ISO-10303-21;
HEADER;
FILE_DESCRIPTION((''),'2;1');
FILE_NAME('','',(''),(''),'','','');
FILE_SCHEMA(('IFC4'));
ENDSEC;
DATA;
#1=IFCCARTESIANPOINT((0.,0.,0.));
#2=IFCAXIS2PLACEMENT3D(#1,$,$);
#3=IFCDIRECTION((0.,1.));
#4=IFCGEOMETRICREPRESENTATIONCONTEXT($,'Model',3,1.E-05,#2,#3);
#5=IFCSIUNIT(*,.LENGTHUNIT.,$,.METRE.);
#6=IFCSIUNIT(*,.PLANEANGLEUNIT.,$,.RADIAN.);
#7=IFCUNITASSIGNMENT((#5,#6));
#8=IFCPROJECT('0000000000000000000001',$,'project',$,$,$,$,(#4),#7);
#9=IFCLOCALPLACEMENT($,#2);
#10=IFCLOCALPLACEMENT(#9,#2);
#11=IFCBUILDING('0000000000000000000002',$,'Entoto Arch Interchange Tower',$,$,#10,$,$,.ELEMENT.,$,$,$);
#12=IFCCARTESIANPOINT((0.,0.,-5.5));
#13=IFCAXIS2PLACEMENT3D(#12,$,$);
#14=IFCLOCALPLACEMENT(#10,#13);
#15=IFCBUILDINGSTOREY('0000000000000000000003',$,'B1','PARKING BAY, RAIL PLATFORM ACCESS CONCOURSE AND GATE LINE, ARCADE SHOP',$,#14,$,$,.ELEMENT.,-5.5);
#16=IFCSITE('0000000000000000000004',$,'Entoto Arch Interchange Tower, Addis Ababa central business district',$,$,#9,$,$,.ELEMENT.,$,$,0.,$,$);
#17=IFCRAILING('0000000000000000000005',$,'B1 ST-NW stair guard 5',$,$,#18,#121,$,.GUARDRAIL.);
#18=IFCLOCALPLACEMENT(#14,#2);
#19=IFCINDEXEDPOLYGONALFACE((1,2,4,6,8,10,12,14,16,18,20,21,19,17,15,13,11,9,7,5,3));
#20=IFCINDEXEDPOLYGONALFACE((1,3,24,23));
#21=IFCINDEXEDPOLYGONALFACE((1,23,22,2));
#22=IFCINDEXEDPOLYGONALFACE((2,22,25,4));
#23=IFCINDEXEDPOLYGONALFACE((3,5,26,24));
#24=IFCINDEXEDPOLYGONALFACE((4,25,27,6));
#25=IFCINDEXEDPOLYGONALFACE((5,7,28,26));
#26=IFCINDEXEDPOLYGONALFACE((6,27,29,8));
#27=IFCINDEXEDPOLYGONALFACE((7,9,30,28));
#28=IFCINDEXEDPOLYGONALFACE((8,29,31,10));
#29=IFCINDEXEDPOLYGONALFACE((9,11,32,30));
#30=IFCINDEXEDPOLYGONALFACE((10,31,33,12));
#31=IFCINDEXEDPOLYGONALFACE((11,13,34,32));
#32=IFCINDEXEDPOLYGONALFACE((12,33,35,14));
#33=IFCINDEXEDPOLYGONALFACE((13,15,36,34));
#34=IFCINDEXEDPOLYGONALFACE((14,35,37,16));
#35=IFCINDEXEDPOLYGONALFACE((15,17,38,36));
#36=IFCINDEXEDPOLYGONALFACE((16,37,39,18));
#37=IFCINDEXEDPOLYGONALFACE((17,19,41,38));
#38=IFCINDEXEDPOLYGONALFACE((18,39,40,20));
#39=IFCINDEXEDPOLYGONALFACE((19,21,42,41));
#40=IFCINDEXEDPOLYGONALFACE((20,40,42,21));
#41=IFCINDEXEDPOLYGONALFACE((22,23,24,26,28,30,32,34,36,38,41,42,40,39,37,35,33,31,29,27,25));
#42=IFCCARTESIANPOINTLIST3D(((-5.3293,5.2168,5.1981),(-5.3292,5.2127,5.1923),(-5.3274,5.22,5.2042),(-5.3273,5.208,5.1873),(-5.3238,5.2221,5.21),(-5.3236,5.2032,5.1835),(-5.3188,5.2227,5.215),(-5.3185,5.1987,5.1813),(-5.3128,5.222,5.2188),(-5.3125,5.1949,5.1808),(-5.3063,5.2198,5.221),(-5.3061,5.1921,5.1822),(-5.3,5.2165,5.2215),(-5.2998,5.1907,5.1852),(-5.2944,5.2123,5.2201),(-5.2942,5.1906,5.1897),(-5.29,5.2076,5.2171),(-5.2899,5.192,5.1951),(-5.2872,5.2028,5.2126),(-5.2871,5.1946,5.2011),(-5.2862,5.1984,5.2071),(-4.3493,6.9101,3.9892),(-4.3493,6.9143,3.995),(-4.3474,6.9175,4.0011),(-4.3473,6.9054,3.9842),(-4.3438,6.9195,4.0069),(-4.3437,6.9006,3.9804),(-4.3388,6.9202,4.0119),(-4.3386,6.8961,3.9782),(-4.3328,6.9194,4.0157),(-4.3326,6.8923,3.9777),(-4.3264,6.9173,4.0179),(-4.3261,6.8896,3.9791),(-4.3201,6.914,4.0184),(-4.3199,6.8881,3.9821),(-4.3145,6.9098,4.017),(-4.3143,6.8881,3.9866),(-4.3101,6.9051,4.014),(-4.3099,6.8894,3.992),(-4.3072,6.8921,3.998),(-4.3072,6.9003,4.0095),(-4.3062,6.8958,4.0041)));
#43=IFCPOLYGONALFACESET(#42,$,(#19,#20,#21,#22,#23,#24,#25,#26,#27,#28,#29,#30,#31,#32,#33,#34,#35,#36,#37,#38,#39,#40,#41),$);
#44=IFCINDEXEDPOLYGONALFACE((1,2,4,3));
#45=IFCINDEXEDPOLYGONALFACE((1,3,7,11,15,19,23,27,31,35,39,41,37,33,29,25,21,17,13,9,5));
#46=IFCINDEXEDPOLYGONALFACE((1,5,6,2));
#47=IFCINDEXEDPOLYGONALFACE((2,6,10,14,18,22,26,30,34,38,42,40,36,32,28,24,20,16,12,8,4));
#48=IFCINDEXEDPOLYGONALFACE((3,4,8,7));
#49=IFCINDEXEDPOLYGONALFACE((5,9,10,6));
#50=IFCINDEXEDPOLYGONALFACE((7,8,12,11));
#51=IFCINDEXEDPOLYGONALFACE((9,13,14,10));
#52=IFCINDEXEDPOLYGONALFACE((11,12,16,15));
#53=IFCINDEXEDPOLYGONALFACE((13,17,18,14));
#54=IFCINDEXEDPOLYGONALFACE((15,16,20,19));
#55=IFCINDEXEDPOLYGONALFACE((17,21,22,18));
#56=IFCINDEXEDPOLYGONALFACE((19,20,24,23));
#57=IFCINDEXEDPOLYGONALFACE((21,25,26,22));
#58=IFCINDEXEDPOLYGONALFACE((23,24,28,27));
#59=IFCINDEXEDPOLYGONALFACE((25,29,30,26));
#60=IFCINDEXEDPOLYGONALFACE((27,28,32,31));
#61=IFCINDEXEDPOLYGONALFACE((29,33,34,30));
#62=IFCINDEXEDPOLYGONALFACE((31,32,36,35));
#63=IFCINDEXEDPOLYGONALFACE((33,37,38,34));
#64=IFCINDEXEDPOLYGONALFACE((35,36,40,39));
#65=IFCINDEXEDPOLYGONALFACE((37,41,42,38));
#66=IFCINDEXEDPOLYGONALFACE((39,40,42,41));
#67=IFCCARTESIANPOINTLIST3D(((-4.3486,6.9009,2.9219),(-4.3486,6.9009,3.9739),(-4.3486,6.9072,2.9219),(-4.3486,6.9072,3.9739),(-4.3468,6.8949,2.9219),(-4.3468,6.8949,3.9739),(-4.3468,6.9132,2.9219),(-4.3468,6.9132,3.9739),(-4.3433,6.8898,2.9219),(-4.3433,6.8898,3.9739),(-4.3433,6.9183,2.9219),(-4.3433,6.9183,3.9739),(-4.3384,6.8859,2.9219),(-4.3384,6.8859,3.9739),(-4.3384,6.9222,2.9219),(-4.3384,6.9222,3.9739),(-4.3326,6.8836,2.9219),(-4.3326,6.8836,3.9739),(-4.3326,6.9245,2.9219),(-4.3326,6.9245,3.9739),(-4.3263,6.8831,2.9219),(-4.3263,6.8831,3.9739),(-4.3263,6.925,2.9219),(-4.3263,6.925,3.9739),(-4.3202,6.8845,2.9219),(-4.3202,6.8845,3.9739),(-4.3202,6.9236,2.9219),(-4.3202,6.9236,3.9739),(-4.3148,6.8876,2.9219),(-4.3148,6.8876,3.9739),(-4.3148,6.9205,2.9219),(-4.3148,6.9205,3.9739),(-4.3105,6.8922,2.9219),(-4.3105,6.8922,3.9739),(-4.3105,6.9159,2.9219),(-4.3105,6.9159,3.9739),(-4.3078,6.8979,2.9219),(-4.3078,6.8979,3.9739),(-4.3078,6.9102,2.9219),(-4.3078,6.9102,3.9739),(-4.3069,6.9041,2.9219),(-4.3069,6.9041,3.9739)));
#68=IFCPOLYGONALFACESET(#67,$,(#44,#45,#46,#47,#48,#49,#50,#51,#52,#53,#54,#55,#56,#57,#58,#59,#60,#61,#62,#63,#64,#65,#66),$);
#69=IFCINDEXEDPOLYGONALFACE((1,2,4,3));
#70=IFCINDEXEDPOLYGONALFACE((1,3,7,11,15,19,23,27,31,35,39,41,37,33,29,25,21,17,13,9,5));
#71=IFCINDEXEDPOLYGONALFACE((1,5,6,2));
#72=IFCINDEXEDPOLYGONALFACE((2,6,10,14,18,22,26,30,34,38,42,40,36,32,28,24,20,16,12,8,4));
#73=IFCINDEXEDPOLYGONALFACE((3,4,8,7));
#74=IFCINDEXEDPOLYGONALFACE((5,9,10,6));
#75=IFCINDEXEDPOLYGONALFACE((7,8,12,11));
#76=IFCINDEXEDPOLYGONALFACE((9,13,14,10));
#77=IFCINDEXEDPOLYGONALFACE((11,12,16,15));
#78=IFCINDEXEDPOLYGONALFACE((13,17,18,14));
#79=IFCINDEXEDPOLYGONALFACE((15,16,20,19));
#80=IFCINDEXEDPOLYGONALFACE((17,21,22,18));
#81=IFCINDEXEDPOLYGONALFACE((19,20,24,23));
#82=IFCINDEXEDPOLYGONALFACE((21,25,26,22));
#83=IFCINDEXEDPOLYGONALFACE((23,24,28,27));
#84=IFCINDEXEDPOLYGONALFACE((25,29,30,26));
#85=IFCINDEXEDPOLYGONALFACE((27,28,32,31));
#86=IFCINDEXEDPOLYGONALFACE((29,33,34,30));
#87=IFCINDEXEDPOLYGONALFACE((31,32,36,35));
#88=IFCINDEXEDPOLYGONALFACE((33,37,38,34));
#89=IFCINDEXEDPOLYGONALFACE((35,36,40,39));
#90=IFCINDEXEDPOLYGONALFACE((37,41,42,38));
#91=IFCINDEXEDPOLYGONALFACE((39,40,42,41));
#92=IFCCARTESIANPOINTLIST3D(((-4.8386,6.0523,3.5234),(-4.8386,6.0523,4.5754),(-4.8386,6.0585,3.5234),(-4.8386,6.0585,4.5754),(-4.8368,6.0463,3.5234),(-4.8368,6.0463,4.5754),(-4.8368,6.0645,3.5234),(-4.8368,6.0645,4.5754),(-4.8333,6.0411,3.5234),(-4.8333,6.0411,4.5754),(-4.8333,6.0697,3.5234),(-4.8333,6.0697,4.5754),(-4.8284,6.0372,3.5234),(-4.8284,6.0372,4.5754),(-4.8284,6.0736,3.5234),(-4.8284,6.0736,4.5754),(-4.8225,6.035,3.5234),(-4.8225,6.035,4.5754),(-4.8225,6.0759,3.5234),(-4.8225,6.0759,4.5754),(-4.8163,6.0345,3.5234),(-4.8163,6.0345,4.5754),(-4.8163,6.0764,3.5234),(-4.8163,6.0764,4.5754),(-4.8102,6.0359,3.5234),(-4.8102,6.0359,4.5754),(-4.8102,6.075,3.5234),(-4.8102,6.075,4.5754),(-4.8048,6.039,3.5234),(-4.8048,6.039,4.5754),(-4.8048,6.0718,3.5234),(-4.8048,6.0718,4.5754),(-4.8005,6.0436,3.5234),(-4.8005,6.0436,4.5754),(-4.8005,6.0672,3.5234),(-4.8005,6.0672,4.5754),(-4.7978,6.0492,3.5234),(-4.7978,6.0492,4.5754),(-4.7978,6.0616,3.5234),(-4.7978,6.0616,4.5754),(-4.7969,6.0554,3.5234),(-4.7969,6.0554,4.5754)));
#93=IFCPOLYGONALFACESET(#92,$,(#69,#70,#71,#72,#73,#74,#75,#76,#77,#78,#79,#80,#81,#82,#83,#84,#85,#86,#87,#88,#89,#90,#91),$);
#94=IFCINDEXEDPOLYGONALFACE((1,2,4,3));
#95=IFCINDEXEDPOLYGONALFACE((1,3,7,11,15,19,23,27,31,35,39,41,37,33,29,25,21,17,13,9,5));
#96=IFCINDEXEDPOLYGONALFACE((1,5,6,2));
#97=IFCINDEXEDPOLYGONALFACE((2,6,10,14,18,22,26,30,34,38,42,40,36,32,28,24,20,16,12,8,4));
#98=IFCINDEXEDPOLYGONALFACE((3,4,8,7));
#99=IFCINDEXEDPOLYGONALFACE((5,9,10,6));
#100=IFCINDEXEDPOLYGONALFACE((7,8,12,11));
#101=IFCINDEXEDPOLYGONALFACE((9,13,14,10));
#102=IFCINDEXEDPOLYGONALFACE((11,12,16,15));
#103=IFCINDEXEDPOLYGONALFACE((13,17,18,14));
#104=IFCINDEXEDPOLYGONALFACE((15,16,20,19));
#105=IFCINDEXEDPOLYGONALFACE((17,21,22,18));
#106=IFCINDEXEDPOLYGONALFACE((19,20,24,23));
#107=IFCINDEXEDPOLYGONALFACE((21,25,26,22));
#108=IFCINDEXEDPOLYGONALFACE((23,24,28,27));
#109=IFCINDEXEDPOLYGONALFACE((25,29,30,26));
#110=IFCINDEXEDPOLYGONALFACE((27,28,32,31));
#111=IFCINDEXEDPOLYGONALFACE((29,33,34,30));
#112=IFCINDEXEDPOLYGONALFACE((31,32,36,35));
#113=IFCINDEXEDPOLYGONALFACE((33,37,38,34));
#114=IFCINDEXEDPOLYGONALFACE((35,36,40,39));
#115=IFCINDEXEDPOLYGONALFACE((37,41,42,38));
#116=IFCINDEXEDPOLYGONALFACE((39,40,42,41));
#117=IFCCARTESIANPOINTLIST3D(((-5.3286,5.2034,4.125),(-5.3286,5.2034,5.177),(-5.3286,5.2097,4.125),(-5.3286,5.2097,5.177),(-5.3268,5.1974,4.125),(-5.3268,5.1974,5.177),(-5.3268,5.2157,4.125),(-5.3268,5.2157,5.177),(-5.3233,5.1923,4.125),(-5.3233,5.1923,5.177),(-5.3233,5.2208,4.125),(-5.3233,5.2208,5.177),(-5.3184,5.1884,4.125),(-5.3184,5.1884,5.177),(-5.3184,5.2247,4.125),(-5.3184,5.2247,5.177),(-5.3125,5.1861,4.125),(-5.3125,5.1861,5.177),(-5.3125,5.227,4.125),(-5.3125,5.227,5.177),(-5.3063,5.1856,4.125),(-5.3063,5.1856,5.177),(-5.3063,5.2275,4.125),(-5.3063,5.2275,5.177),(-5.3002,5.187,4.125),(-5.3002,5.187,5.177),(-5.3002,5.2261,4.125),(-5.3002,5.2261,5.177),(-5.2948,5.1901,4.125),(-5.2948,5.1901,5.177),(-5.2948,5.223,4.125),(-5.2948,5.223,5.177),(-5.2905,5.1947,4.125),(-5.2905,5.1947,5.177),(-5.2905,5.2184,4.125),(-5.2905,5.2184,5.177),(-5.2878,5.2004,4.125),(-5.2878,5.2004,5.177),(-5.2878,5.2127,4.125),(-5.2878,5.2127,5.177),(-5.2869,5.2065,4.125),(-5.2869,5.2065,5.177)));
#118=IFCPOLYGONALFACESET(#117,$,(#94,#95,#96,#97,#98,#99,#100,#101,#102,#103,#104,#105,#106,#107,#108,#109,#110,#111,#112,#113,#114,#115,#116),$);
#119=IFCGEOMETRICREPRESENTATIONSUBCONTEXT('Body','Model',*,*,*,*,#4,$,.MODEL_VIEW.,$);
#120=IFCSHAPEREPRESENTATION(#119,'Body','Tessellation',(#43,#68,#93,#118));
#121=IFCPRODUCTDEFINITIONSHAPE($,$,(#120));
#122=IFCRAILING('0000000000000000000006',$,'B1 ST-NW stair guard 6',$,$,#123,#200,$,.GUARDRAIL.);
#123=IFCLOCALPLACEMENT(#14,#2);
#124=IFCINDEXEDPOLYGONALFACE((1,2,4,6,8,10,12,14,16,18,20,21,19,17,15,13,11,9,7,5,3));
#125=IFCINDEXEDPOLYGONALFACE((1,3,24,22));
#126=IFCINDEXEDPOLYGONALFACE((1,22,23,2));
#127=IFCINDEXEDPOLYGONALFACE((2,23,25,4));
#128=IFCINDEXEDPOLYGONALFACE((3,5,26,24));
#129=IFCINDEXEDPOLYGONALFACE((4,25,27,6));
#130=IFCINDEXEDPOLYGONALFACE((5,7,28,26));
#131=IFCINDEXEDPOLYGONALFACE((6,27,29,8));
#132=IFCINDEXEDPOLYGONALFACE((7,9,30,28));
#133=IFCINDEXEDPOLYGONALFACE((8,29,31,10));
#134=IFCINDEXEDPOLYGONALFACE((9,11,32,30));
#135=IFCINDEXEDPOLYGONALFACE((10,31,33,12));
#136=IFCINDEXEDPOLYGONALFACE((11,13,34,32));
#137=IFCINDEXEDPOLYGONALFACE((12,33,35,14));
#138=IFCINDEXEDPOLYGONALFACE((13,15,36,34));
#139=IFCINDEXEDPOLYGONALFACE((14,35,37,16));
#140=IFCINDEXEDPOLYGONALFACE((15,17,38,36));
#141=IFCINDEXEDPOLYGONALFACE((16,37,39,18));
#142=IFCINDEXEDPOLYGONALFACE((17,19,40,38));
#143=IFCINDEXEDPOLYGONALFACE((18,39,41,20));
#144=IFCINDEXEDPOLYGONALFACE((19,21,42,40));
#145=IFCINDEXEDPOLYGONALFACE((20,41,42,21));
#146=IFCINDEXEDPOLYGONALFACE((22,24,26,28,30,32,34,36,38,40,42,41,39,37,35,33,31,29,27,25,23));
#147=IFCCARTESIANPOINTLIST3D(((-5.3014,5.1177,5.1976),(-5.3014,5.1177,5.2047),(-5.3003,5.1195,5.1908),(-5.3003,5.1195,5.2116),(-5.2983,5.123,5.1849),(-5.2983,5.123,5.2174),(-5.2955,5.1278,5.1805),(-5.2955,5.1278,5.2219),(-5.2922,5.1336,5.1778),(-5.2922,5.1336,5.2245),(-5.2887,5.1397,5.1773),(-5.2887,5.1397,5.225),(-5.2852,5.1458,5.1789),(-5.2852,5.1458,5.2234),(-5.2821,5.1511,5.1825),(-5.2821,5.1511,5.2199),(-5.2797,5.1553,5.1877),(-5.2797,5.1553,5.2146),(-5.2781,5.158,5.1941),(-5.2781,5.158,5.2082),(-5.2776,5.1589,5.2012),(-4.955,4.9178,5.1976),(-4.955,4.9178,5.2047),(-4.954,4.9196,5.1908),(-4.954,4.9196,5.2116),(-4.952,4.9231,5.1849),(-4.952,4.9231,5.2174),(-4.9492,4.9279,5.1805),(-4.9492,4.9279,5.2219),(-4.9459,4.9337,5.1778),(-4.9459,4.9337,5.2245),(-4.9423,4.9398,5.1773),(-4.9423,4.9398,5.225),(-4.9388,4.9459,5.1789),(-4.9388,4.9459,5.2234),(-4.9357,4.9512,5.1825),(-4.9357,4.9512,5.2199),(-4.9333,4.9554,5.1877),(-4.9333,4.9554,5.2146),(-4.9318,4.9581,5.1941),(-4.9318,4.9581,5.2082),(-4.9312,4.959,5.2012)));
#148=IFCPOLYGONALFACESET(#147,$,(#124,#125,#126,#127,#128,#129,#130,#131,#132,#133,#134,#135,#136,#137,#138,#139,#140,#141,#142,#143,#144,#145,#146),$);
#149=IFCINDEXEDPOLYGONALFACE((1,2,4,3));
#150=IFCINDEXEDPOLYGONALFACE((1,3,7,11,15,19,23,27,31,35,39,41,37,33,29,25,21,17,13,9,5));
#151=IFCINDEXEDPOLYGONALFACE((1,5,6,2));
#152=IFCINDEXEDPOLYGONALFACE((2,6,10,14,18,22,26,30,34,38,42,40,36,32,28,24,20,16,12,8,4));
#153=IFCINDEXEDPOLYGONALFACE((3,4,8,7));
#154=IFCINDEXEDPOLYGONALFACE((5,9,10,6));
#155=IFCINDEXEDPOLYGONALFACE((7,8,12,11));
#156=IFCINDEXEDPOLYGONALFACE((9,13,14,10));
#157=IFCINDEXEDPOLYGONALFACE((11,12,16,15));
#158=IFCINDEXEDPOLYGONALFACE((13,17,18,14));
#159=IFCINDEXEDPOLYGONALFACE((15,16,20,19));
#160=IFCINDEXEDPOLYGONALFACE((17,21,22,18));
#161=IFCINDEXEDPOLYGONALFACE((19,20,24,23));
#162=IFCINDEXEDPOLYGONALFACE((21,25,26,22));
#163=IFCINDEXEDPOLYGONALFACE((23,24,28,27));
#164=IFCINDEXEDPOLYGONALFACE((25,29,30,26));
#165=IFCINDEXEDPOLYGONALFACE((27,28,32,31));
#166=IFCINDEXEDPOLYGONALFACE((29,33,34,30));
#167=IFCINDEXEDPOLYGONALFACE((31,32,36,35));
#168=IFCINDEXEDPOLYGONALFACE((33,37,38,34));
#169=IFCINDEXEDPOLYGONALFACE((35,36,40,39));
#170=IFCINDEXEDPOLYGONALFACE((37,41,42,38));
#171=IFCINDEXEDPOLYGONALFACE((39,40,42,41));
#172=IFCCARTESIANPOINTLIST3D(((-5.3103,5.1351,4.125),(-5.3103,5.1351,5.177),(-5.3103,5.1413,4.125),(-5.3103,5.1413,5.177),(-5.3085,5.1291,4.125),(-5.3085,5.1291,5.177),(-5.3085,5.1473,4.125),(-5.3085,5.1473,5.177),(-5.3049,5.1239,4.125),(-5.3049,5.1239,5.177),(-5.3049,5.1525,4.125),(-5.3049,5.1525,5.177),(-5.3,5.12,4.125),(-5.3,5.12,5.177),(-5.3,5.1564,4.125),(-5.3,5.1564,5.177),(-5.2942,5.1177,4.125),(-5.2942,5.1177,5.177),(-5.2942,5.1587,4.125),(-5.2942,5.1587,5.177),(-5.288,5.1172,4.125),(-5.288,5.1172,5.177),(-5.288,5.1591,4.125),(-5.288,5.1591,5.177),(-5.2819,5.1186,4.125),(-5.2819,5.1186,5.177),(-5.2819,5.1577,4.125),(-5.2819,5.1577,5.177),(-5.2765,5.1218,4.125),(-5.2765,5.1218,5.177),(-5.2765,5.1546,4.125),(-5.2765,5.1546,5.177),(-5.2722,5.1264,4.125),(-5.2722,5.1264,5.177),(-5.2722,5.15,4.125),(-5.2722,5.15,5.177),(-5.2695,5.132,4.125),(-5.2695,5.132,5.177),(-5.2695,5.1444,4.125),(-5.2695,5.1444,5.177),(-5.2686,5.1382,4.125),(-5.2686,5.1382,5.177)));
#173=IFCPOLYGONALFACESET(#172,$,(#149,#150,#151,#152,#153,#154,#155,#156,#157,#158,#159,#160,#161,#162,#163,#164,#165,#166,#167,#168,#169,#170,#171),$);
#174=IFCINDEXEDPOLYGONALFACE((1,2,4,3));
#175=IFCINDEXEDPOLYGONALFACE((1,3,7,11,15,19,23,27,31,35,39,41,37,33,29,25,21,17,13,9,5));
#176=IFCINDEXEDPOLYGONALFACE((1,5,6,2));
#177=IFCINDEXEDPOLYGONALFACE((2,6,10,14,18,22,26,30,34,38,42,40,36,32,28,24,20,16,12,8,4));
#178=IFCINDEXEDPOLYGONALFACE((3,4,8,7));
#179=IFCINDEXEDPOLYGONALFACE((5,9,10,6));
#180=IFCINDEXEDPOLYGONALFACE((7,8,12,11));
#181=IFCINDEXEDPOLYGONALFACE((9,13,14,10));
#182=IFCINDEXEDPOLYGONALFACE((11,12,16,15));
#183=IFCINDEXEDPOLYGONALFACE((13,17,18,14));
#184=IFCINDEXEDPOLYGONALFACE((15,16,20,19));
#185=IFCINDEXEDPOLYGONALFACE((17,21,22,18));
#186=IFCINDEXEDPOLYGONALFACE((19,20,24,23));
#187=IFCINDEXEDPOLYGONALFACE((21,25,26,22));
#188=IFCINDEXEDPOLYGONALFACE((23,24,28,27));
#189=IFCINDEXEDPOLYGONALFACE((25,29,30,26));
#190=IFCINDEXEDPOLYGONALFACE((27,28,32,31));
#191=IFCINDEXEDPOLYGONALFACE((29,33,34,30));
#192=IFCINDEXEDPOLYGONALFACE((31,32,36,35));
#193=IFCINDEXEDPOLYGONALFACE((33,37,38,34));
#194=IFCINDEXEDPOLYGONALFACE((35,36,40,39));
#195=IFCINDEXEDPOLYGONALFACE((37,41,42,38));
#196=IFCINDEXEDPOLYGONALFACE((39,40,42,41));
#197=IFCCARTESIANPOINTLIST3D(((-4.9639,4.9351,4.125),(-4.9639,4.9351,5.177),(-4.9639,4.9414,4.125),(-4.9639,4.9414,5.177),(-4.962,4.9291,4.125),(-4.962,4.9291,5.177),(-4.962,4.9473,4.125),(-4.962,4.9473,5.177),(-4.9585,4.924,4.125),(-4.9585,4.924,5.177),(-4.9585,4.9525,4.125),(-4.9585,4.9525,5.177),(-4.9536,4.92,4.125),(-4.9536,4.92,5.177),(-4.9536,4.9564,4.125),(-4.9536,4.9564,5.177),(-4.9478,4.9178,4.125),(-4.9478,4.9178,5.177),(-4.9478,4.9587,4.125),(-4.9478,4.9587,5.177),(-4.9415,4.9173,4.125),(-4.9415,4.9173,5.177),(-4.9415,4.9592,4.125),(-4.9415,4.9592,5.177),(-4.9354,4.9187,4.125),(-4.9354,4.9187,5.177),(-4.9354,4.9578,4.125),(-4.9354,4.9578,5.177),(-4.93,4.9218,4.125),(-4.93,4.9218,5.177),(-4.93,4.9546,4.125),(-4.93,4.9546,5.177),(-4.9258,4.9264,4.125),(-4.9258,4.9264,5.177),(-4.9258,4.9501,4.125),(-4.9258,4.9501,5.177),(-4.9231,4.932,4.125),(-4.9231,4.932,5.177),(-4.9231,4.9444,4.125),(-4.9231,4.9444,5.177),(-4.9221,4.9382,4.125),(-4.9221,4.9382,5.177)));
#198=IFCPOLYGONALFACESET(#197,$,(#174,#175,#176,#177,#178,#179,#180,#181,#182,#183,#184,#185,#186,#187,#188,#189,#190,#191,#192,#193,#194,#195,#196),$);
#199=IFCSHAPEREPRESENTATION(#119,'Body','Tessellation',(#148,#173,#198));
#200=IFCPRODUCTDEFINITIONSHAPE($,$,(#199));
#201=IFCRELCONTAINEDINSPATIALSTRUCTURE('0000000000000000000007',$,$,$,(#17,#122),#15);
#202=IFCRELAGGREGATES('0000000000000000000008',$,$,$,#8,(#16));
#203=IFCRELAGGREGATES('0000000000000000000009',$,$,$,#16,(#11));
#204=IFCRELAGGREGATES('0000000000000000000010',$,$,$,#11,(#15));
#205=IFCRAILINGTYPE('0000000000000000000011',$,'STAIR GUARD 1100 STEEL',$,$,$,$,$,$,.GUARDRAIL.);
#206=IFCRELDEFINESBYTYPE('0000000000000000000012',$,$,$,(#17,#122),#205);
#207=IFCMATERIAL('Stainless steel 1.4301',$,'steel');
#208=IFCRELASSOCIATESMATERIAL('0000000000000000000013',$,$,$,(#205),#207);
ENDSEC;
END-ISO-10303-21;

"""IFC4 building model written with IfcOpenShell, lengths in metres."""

from ifc_helpers import new_model, si_unit, direction, frame, origin, origin_2d, place, context, subcontext, project, spatial, circle, extrude, material, type_object, element, save


model = new_model("IFC4")

# Units and contexts
model_context = context("Model", 3, precision=1e-05, world=origin(), true_north=direction((0.0, 1.0)))
body_context = subcontext(model_context, "Body", "Model", "MODEL_VIEW")
ifc_project = project(units=[si_unit("LENGTHUNIT", "METRE"), si_unit("PLANEANGLEUNIT", "RADIAN")], contexts=[model_context])

# Site, building, storey
site_placement = place(None, origin())
site = spatial("IfcSite", under=ifc_project, at=site_placement, Name="Entoto Arch Interchange Tower, Addis Ababa central business district", CompositionType="ELEMENT", RefElevation=0.0)
building_placement = place(site_placement, origin())
building = spatial("IfcBuilding", under=site, at=building_placement, Name="Entoto Arch Interchange Tower", CompositionType="ELEMENT")
storey_placement = place(building_placement, frame((0.0, 0.0, -5.5)))
storey = spatial("IfcBuildingStorey", under=building, at=storey_placement, Name="B1", Description="PARKING BAY, RAIL PLATFORM ACCESS CONCOURSE AND GATE LINE, ARCADE SHOP", CompositionType="ELEMENT", Elevation=-5.5)

# Railings
ifc_material_1 = material(Name="Stainless steel 1.4301", Category="steel")
railing_type_1 = type_object("IfcRailingType", Name="STAIR GUARD 1100 STEEL", PredefinedType="GUARDRAIL", material=ifc_material_1)
railing_1_placement = place(storey_placement, frame((-4.3279, 6.9041, 2.9219)))
element("IfcRailing", 1, at=railing_1_placement, inside=storey, type_object=railing_type_1, Name="B1 ST-NW stair guard 5", PredefinedType="GUARDRAIL", context=body_context, shape_type="SweptSolid", body=[
    extrude(circle(Radius=0.0239, at=origin_2d()), frame((0.0, 0.0, 1.0762), z_axis=(-0.426102, -0.738089, 0.523127), x_axis=(0.866042, -0.49997, 0.0)), (0.0, 0.0, 1.0), 2.2998),
    extrude(circle(Radius=0.021, at=origin_2d()), origin(), (0.0, 0.0, 1.0), 1.052),
    extrude(circle(Radius=0.021, at=origin_2d()), frame((-0.49, -0.8486, 0.6016)), (0.0, 0.0, 1.0), 1.052),
    extrude(circle(Radius=0.021, at=origin_2d()), frame((-0.98, -1.6975, 1.2031)), (0.0, 0.0, 1.0), 1.052),
])
railing_2_placement = place(storey_placement, frame((-5.2896, 5.1382, 4.125)))
element("IfcRailing", 2, at=railing_2_placement, inside=storey, type_object=railing_type_1, Name="B1 ST-NW stair guard 6", PredefinedType="GUARDRAIL", context=body_context, shape_type="SweptSolid", body=[
    extrude(circle(Radius=0.0239, at=origin_2d()), frame((0.0, 0.0, 1.0762), z_axis=(0.866094, -0.499881, 0.0), x_axis=(0.499881, 0.866094, 0.0)), (0.0, 0.0, 1.0), 0.3999),
    extrude(circle(Radius=0.021, at=origin_2d()), origin(), (0.0, 0.0, 1.0), 1.052),
    extrude(circle(Radius=0.021, at=origin_2d()), frame((0.3464, -0.2, 0.0)), (0.0, 0.0, 1.0), 1.052),
])

save(model, "model.ifc")
